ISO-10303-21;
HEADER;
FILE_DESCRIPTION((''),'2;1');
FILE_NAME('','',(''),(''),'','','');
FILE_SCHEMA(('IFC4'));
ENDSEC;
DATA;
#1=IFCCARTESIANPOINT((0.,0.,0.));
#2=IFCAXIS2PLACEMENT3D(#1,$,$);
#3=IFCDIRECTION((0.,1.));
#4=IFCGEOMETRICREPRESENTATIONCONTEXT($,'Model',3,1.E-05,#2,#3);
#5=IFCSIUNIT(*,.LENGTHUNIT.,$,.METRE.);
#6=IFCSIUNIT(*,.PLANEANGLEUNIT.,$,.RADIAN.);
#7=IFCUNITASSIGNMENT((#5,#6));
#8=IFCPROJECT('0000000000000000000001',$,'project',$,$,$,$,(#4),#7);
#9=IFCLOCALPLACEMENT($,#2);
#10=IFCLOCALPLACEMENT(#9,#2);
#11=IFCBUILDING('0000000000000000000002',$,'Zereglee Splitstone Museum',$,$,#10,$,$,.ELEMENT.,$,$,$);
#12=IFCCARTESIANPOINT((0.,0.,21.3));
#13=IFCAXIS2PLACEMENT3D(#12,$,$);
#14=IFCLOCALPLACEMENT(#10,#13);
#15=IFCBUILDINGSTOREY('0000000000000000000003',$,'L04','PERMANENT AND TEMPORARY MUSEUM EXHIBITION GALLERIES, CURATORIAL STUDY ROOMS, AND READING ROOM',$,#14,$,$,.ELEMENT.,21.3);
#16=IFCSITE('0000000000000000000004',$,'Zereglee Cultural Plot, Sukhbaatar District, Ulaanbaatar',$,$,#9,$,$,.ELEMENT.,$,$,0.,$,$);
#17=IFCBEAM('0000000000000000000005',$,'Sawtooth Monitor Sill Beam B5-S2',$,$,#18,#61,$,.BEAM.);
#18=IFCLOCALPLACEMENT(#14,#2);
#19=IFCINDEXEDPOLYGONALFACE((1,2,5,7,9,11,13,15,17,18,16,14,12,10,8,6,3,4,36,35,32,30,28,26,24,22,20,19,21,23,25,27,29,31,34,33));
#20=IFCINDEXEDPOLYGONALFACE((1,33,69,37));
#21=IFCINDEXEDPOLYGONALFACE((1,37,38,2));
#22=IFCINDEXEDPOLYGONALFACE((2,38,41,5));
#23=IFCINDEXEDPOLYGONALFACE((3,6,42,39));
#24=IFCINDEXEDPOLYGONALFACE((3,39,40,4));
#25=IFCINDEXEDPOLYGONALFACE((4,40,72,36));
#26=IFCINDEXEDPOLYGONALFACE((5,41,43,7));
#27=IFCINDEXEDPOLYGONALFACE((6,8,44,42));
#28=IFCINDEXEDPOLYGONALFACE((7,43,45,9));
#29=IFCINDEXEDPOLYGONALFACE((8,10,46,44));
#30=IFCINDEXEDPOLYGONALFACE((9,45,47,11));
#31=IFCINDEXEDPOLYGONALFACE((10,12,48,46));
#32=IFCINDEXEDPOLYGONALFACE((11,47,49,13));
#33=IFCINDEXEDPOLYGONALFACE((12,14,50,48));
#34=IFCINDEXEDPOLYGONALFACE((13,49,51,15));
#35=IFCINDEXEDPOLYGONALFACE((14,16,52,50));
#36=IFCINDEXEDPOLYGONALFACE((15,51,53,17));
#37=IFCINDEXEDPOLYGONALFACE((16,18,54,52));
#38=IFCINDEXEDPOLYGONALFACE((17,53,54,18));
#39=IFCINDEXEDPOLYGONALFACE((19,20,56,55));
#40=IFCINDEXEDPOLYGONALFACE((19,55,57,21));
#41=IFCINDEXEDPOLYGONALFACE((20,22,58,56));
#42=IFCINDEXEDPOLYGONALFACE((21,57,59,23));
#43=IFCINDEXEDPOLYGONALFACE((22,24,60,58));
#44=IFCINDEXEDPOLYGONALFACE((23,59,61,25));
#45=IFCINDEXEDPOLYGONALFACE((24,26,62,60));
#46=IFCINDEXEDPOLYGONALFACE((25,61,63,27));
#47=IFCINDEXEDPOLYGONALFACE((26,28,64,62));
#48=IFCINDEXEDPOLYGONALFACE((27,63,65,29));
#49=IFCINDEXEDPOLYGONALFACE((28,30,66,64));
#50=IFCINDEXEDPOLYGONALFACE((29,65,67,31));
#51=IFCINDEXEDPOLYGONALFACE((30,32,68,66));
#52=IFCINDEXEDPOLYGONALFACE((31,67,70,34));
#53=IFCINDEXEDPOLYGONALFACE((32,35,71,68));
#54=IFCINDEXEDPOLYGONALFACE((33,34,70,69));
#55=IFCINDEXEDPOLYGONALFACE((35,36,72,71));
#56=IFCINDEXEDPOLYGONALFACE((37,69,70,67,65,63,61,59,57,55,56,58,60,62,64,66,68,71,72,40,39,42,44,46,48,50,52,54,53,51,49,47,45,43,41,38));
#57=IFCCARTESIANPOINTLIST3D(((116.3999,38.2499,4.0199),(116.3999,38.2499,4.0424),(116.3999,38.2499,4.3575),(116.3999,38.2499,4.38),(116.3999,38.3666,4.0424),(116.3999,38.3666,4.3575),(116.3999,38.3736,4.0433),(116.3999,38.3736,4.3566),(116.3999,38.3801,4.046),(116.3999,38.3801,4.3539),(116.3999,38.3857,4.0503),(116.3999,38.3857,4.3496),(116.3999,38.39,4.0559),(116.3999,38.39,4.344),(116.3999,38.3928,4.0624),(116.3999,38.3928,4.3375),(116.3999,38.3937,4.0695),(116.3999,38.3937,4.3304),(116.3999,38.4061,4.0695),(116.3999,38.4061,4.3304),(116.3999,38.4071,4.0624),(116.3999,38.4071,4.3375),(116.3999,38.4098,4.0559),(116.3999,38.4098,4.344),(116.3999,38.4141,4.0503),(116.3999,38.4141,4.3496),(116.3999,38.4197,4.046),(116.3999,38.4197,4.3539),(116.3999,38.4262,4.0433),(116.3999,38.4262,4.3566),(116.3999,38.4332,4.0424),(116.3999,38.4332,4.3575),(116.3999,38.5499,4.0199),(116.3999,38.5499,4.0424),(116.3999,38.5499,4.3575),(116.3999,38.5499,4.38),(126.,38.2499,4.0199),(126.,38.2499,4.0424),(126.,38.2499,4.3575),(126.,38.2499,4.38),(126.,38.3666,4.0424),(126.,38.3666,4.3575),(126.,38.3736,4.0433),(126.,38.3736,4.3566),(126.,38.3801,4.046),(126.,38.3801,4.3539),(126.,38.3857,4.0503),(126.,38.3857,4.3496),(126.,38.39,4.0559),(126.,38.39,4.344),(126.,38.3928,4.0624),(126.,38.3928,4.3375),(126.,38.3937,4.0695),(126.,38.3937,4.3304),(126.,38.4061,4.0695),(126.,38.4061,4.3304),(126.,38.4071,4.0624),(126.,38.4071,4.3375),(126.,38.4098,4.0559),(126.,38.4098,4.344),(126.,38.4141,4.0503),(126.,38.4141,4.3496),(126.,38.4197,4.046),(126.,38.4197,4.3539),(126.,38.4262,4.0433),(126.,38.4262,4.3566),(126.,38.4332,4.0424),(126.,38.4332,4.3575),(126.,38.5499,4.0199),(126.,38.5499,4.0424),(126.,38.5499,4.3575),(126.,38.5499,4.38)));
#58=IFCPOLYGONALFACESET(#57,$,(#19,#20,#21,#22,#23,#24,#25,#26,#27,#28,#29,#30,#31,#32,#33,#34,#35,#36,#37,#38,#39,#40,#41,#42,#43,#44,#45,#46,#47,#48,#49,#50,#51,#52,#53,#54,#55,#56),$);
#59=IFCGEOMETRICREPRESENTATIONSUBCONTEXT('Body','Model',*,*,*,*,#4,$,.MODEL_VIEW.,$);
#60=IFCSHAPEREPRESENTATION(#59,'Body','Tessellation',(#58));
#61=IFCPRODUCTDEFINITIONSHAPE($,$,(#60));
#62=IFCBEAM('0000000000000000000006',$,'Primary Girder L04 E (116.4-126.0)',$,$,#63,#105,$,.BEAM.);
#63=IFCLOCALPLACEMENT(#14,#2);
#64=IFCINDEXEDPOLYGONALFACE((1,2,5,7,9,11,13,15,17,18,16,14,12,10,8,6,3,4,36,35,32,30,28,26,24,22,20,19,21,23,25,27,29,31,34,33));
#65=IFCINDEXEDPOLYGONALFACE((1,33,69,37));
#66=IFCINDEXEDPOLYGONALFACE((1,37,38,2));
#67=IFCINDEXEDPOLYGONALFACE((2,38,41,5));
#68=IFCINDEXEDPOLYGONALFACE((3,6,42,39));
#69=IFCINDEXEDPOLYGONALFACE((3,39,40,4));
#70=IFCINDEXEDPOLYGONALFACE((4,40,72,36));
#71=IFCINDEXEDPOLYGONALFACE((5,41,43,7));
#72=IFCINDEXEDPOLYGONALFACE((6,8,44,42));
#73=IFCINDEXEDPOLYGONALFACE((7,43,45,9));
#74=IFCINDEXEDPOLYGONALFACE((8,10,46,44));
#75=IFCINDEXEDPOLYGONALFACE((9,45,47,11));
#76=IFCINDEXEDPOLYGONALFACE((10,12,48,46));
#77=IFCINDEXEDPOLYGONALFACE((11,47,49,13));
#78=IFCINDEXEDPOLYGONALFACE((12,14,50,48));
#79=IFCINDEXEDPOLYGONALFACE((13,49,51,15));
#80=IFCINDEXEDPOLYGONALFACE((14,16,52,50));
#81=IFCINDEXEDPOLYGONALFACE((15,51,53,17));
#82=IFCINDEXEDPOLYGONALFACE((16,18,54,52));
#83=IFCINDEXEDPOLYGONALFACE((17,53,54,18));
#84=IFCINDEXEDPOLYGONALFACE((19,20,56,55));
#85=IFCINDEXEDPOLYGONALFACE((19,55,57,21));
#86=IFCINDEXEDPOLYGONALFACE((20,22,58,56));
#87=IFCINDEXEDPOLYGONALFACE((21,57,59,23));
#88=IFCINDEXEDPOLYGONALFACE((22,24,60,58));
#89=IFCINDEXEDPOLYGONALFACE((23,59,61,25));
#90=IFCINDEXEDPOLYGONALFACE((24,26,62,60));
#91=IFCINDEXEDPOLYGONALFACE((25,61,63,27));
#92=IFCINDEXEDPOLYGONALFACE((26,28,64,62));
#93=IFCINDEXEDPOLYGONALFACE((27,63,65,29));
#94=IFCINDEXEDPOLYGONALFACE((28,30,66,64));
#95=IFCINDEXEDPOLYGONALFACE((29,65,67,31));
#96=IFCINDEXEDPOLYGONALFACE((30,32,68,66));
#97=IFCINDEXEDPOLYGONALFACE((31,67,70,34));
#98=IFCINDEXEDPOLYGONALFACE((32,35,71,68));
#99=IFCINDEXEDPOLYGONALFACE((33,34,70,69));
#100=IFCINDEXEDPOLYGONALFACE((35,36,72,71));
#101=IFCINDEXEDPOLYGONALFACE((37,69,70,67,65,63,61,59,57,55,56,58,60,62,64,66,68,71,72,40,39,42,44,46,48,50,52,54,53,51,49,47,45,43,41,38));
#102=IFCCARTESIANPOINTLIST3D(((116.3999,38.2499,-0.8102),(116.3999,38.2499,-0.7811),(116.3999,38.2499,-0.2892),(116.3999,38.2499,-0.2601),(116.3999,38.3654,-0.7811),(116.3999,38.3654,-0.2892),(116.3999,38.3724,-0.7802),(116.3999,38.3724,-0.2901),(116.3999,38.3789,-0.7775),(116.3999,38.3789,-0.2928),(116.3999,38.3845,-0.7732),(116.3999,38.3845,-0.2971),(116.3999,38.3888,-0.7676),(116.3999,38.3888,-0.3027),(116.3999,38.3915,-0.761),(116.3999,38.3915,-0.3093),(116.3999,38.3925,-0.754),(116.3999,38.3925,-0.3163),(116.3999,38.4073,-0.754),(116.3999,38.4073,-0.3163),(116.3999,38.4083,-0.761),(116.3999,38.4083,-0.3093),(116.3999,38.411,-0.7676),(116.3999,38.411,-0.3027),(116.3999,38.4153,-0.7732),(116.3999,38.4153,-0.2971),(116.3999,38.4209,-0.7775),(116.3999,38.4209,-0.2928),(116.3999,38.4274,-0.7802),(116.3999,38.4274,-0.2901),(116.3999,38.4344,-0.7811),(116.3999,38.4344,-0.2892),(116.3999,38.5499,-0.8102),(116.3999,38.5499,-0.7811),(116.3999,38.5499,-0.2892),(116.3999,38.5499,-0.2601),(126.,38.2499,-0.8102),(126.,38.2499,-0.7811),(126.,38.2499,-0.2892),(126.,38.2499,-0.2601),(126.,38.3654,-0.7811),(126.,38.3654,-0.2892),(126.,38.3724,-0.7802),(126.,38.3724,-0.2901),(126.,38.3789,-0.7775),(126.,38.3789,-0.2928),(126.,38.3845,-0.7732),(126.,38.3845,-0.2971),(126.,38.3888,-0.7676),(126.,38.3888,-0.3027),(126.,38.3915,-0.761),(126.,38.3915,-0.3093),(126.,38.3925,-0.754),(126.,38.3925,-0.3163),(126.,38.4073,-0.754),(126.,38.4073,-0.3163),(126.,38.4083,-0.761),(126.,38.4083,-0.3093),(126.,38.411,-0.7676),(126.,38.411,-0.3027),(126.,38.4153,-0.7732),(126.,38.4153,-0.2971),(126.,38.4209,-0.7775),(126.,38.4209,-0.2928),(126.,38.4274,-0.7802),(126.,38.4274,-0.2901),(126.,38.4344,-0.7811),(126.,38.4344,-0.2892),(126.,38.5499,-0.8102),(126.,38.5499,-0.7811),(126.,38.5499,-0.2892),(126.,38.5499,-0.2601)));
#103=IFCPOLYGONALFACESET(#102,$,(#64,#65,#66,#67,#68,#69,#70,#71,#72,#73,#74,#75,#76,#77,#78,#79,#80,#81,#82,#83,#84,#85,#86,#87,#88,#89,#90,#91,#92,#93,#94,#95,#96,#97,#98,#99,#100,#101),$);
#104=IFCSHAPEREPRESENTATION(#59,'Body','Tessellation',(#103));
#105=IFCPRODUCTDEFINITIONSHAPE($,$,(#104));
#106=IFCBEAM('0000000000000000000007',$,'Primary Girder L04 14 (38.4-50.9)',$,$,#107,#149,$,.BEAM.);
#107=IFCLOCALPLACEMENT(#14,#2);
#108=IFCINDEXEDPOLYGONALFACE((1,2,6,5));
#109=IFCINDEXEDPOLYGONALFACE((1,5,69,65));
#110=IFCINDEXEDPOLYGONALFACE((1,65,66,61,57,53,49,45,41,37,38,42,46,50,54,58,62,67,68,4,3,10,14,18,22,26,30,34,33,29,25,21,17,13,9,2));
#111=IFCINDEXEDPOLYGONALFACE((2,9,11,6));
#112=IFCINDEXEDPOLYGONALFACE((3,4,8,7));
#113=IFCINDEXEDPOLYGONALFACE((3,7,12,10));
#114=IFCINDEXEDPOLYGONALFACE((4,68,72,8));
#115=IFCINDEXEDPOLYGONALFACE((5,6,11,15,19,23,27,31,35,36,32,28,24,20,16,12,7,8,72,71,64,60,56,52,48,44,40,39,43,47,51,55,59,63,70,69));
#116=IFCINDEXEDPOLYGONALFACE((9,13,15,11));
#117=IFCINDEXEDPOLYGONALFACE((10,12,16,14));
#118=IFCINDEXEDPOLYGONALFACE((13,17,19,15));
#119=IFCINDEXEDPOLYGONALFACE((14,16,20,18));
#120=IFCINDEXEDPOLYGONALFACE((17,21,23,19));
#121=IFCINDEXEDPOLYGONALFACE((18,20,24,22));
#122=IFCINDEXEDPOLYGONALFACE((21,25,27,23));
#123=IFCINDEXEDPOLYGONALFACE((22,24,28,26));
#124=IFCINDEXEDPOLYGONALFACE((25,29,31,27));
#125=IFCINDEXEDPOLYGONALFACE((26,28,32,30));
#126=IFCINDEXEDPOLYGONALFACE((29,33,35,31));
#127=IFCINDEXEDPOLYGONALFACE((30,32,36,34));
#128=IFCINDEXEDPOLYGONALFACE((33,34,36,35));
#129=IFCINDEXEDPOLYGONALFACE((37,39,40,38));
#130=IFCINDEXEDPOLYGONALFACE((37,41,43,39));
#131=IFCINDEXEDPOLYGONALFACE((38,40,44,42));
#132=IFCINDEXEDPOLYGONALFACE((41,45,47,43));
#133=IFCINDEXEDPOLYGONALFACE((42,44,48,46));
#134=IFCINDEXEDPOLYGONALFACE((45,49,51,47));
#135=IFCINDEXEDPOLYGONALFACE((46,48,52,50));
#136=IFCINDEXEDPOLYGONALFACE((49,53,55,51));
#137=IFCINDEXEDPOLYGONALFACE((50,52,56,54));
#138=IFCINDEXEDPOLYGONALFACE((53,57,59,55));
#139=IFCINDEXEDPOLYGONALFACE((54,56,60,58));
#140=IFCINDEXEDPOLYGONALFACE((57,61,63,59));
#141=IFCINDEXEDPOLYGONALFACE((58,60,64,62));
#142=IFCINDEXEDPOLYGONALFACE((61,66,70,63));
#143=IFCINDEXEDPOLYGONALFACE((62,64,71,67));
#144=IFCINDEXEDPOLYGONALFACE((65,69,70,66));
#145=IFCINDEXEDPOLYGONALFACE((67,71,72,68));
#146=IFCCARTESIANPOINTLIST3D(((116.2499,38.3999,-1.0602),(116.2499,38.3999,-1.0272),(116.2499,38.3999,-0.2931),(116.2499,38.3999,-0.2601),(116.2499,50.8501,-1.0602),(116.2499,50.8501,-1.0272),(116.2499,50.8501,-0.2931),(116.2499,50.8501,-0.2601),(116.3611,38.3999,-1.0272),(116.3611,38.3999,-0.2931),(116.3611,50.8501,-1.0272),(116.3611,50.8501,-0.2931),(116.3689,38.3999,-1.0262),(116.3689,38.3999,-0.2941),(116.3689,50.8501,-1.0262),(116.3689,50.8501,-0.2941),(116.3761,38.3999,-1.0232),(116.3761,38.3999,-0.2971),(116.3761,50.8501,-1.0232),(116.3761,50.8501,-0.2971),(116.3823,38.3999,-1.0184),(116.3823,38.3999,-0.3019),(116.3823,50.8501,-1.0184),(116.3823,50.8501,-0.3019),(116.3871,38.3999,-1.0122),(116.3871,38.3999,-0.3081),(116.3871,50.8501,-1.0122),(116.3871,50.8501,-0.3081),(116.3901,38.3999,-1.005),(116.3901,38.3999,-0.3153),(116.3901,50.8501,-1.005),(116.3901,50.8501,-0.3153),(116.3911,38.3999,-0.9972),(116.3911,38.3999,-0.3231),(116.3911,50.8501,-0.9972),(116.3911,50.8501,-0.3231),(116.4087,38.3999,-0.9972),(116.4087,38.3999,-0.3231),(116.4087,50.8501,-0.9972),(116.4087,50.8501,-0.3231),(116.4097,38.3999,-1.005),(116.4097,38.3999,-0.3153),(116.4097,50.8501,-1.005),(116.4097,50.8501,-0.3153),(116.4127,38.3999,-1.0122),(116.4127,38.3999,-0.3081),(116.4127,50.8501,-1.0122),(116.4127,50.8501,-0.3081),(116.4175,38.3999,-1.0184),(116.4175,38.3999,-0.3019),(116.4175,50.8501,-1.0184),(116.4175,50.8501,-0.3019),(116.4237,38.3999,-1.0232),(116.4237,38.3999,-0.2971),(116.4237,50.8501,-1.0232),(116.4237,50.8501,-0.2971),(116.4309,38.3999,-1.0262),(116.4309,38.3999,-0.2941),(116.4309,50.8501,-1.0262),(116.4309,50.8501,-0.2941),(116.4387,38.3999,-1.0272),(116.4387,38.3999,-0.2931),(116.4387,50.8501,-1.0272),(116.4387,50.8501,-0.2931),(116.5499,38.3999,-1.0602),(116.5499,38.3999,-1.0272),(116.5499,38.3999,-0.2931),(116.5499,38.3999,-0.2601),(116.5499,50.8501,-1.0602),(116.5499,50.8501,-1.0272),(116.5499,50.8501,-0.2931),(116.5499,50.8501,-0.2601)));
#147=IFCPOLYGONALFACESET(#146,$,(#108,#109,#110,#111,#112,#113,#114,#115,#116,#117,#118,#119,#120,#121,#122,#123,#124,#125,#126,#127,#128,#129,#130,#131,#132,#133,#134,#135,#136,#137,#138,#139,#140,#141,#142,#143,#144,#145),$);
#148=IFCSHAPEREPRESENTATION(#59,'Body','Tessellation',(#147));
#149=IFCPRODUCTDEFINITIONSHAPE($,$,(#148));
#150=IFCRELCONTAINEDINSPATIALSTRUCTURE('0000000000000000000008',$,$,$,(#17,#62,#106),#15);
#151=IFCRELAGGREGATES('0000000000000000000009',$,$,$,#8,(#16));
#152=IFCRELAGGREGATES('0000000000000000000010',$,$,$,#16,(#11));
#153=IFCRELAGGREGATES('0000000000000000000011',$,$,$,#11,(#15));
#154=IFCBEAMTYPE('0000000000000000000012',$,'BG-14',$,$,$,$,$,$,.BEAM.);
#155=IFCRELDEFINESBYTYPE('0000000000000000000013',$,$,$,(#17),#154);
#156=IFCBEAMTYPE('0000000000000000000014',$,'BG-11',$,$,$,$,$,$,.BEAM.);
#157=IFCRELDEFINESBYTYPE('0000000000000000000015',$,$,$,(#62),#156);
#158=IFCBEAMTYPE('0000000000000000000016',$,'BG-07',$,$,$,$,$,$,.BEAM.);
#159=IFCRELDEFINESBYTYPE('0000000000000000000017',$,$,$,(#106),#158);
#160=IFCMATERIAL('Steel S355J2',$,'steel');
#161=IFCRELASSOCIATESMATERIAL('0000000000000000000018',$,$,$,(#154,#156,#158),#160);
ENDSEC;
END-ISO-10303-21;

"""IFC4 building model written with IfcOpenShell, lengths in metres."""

from ifc_helpers import new_model, si_unit, direction, frame, origin, origin_2d, place, context, subcontext, project, spatial, i_section, extrude, material, material_profile, profile_set, type_object, element, save


model = new_model("IFC4")

# Units and contexts
model_context = context("Model", 3, precision=1e-05, world=origin(), true_north=direction((0.0, 1.0)))
body_context = subcontext(model_context, "Body", "Model", "MODEL_VIEW")
ifc_project = project(units=[si_unit("LENGTHUNIT", "METRE"), si_unit("PLANEANGLEUNIT", "RADIAN")], contexts=[model_context])

# Site, building, storey
site_placement = place(None, origin())
site = spatial("IfcSite", under=ifc_project, at=site_placement, Name="Zereglee Cultural Plot, Sukhbaatar District, Ulaanbaatar", CompositionType="ELEMENT", RefElevation=0.0)
building_placement = place(site_placement, origin())
building = spatial("IfcBuilding", under=site, at=building_placement, Name="Zereglee Splitstone Museum", CompositionType="ELEMENT")
storey_placement = place(building_placement, frame((0.0, 0.0, 21.3)))
storey = spatial("IfcBuildingStorey", under=building, at=storey_placement, Name="L04", Description="PERMANENT AND TEMPORARY MUSEUM EXHIBITION GALLERIES, CURATORIAL STUDY ROOMS, AND READING ROOM", CompositionType="ELEMENT", Elevation=21.3)

# Shared definitions
ifc_material_1 = material(Name="Steel S355J2", Category="steel")

# Beams
ifc_material_profile_1 = material_profile(ifc_material_1, i_section(OverallWidth=0.3, OverallDepth=0.3601, WebThickness=0.0125, FlangeThickness=0.0225, FilletRadius=0.0271, at=origin_2d()), Name="HE 360 B")
ifc_profile_set_1 = profile_set([ifc_material_profile_1], Name="Steel S355J2")
beam_type_1 = type_object("IfcBeamType", Name="BG-14", PredefinedType="BEAM", material=ifc_profile_set_1)
beam_1_placement = place(storey_placement, frame((116.3999, 38.3999, 4.2), z_axis=(1.0, 0.0, 0.0), x_axis=(0.0, 1.0, 0.0)))
element("IfcBeam", 1, at=beam_1_placement, inside=storey, type_object=beam_type_1, Name="Sawtooth Monitor Sill Beam B5-S2", PredefinedType="BEAM", context=body_context, shape_type="SweptSolid", body=[
    extrude(i_section(OverallWidth=0.3, OverallDepth=0.3601, WebThickness=0.0125, FlangeThickness=0.0225, FilletRadius=0.0271, at=origin_2d()), origin(), (0.0, 0.0, 1.0), 9.6001),
])
ifc_material_profile_2 = material_profile(ifc_material_1, i_section(OverallWidth=0.3, OverallDepth=0.55, WebThickness=0.0149, FlangeThickness=0.0291, FilletRadius=0.0271, at=origin_2d()), Name="HE 550 B")
ifc_profile_set_2 = profile_set([ifc_material_profile_2], Name="Steel S355J2")
beam_type_2 = type_object("IfcBeamType", Name="BG-11", PredefinedType="BEAM", material=ifc_profile_set_2)
beam_2_placement = place(storey_placement, frame((116.3999, 38.3999, -0.5352), z_axis=(1.0, 0.0, 0.0), x_axis=(0.0, 1.0, 0.0)))
element("IfcBeam", 2, at=beam_2_placement, inside=storey, type_object=beam_type_2, Name="Primary Girder L04 E (116.4-126.0)", PredefinedType="BEAM", context=body_context, shape_type="SweptSolid", body=[
    extrude(i_section(OverallWidth=0.3, OverallDepth=0.55, WebThickness=0.0149, FlangeThickness=0.0291, FilletRadius=0.0271, at=origin_2d()), origin(), (0.0, 0.0, 1.0), 9.6001),
])
ifc_material_profile_3 = material_profile(ifc_material_1, i_section(OverallWidth=0.3, OverallDepth=0.8, WebThickness=0.0176, FlangeThickness=0.033, FilletRadius=0.03, at=origin_2d()), Name="HE 800 B")
ifc_profile_set_3 = profile_set([ifc_material_profile_3], Name="Steel S355J2")
beam_type_3 = type_object("IfcBeamType", Name="BG-07", PredefinedType="BEAM", material=ifc_profile_set_3)
beam_3_placement = place(storey_placement, frame((116.3999, 38.3999, -0.6602), z_axis=(0.0, 1.0, 0.0), x_axis=(-1.0, 0.0, 0.0)))
element("IfcBeam", 3, at=beam_3_placement, inside=storey, type_object=beam_type_3, Name="Primary Girder L04 14 (38.4-50.9)", PredefinedType="BEAM", context=body_context, shape_type="SweptSolid", body=[
    extrude(i_section(OverallWidth=0.3, OverallDepth=0.8, WebThickness=0.0176, FlangeThickness=0.033, FilletRadius=0.03, at=origin_2d()), origin(), (0.0, 0.0, 1.0), 12.4502),
])

save(model, "model.ifc")
